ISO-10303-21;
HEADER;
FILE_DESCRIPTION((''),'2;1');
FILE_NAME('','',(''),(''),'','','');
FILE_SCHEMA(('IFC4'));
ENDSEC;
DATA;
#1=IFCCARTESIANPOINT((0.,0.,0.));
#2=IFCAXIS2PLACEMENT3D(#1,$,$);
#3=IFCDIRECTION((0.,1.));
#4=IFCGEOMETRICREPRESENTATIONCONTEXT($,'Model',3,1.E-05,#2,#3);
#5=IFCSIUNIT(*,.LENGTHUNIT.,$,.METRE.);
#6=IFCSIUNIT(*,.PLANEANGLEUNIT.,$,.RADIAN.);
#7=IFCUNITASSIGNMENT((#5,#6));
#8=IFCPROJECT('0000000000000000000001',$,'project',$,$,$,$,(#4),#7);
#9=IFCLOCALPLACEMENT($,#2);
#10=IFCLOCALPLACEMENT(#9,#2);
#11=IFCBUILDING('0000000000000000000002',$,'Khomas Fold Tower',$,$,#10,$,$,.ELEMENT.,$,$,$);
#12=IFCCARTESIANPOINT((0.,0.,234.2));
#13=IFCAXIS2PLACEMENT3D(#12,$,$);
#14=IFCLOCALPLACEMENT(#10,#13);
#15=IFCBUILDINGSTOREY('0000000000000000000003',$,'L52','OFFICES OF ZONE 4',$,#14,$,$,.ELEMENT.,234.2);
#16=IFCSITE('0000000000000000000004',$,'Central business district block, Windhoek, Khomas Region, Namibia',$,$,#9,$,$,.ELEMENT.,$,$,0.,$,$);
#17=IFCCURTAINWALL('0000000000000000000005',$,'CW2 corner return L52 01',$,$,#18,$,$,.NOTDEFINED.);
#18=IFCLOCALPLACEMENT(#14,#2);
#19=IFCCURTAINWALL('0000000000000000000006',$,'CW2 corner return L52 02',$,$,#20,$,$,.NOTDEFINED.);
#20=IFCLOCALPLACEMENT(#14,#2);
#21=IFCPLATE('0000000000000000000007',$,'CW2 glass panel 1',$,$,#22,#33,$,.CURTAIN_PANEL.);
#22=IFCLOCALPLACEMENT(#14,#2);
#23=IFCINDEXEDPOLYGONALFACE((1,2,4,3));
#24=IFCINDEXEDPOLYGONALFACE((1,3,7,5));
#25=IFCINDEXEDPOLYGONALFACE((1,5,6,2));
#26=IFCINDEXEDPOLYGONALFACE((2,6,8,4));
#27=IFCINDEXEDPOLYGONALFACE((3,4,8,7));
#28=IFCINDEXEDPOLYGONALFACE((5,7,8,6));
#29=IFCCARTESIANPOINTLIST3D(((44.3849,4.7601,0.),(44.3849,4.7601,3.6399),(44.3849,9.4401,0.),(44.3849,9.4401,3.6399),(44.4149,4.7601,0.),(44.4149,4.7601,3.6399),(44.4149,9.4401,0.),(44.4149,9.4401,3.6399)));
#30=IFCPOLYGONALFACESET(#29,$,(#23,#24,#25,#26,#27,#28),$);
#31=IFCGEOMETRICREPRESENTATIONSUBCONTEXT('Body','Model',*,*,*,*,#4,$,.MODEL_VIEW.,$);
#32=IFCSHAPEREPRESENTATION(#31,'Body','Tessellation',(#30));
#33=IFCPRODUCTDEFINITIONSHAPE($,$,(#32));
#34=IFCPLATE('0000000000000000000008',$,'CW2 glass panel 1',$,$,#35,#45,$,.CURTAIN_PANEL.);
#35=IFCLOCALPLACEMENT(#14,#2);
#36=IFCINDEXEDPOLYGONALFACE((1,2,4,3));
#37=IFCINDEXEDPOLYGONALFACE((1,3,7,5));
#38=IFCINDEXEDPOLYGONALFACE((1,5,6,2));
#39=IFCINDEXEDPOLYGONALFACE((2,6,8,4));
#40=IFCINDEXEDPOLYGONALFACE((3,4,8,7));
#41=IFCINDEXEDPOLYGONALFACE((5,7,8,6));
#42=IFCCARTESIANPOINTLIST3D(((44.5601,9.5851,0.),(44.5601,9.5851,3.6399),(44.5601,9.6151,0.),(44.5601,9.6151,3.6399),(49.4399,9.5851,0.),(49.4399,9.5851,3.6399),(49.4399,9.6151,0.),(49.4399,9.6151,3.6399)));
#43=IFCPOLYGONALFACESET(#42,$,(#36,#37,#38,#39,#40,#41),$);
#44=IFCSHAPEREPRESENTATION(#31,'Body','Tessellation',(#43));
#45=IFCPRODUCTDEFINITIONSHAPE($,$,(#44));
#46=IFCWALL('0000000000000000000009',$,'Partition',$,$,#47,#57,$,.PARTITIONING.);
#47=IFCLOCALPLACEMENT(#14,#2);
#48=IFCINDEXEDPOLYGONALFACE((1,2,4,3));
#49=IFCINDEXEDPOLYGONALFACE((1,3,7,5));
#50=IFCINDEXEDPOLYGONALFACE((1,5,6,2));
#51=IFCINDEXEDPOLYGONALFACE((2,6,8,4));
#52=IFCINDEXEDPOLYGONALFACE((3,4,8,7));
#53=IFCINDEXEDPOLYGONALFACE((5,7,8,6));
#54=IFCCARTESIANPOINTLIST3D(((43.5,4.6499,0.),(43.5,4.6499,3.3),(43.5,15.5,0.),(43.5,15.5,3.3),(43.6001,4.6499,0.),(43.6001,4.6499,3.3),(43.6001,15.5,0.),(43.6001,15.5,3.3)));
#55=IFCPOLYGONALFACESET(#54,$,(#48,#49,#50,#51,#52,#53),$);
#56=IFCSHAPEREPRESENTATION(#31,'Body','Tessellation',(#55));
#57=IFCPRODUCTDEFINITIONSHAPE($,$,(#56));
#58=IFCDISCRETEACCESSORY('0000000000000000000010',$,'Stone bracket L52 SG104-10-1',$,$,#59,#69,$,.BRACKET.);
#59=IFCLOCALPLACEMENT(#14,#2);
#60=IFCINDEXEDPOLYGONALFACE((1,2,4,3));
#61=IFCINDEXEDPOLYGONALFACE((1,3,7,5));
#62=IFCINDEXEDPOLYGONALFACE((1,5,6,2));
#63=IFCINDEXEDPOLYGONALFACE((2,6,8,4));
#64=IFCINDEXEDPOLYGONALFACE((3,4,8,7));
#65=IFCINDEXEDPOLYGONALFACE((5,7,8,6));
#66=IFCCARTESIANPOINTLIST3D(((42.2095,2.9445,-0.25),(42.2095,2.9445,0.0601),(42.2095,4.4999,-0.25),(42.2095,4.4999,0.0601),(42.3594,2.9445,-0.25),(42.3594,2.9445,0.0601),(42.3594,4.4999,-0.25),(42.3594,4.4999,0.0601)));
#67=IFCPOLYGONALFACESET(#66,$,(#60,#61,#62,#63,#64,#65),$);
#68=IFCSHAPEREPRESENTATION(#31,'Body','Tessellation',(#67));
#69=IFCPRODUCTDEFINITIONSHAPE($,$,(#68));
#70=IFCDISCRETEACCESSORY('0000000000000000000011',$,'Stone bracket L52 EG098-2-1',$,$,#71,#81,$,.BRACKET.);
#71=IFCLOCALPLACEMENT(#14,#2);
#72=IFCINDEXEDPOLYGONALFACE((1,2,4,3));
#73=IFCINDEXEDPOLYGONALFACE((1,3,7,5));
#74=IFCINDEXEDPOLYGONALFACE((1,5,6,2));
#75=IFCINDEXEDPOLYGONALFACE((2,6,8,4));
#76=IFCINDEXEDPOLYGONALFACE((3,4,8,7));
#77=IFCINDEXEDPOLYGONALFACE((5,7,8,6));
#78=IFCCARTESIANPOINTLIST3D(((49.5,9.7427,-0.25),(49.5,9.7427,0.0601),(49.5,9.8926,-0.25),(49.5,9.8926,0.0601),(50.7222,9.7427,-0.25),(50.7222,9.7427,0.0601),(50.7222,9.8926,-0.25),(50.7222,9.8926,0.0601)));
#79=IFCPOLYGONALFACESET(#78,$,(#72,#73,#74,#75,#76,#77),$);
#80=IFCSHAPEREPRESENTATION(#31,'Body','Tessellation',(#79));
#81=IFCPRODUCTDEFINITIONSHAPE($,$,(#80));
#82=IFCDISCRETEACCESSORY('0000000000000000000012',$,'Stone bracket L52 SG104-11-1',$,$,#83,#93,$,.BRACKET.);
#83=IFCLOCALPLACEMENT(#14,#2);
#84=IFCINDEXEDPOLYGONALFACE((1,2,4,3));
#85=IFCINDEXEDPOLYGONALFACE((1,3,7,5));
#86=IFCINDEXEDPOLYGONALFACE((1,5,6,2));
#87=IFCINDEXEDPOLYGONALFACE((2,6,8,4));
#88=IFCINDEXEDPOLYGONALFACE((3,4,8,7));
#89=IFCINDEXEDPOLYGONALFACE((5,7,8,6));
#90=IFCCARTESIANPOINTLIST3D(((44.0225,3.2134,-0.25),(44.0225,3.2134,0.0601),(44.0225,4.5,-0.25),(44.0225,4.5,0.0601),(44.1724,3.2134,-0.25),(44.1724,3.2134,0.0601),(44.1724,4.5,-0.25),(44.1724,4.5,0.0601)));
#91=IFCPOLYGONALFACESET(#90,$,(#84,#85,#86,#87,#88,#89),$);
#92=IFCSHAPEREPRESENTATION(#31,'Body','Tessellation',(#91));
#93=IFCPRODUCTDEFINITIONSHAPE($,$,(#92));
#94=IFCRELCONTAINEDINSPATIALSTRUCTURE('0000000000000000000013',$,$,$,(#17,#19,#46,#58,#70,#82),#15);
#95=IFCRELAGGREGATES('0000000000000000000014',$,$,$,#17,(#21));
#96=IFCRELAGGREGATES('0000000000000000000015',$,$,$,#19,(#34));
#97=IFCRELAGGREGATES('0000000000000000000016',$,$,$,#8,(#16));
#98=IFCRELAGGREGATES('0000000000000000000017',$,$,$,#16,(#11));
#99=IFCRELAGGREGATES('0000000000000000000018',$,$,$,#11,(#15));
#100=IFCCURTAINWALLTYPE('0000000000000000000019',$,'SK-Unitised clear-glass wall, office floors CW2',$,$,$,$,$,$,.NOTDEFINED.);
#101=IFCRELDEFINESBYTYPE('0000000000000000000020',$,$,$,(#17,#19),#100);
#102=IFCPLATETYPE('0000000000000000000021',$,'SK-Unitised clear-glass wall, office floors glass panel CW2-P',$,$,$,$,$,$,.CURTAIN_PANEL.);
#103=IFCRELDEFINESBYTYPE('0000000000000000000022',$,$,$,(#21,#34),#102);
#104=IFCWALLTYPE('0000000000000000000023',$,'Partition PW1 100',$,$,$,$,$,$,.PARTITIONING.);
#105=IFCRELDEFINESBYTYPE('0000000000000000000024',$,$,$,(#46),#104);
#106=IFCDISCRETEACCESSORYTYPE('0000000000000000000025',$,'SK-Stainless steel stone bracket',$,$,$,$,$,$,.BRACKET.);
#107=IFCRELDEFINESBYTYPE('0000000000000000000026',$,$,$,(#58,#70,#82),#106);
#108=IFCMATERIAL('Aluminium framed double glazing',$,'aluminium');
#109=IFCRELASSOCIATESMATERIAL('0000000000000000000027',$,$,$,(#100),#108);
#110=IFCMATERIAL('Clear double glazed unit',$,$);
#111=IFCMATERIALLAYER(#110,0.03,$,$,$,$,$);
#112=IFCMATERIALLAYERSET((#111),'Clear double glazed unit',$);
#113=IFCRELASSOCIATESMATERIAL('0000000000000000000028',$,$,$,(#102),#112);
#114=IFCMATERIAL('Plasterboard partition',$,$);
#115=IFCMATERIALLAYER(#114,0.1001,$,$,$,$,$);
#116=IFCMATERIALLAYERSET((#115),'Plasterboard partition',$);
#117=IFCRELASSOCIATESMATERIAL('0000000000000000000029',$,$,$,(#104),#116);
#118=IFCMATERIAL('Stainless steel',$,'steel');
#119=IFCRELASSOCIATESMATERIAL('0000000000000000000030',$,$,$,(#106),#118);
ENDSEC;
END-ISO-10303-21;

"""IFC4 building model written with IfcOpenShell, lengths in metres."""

from ifc_helpers import new_model, si_unit, direction, frame, frame_2d, origin, origin_2d, place, context, subcontext, project, spatial, rectangle, extrude, source, transform, mapped, material, layer, layer_set, type_object, element, aggregate, save


model = new_model("IFC4")

# Units and contexts
model_context = context("Model", 3, precision=1e-05, world=origin(), true_north=direction((0.0, 1.0)))
body_context = subcontext(model_context, "Body", "Model", "MODEL_VIEW")
ifc_project = project(units=[si_unit("LENGTHUNIT", "METRE"), si_unit("PLANEANGLEUNIT", "RADIAN")], contexts=[model_context])

# Site, building, storey
site_placement = place(None, origin())
site = spatial("IfcSite", under=ifc_project, at=site_placement, Name="Central business district block, Windhoek, Khomas Region, Namibia", CompositionType="ELEMENT", RefElevation=0.0)
building_placement = place(site_placement, origin())
building = spatial("IfcBuilding", under=site, at=building_placement, Name="Khomas Fold Tower", CompositionType="ELEMENT")
storey_placement = place(building_placement, frame((0.0, 0.0, 234.2)))
storey = spatial("IfcBuildingStorey", under=building, at=storey_placement, Name="L52", Description="OFFICES OF ZONE 4", CompositionType="ELEMENT", Elevation=234.2)

# Curtain walls
ifc_material_1 = material(Name="Aluminium framed double glazing", Category="aluminium")
curtain_wall_type = type_object("IfcCurtainWallType", Name="SK-Unitised clear-glass wall, office floors CW2", PredefinedType="NOTDEFINED", material=ifc_material_1)
curtain_wall_1_placement = place(storey_placement, origin())
curtain_wall_1 = element("IfcCurtainWall", 1, at=curtain_wall_1_placement, inside=storey, type_object=curtain_wall_type, Name="CW2 corner return L52 01", PredefinedType="NOTDEFINED")
curtain_wall_2_placement = place(storey_placement, origin())
curtain_wall_2 = element("IfcCurtainWall", 2, at=curtain_wall_2_placement, inside=storey, type_object=curtain_wall_type, Name="CW2 corner return L52 02", PredefinedType="NOTDEFINED")

# Plates
ifc_material_2 = material(Name="Clear double glazed unit")
ifc_layer_1 = layer(ifc_material_2, 0.03)
ifc_layer_set_1 = layer_set([ifc_layer_1], Name="Clear double glazed unit")
plate_type_1 = type_object("IfcPlateType", Name="SK-Unitised clear-glass wall, office floors glass panel CW2-P", PredefinedType="CURTAIN_PANEL", material=ifc_layer_set_1)
shared_shape_1 = source(origin(), body_context, "Body", "SweptSolid", [
    extrude(rectangle(XDim=4.6799, YDim=0.03, at=origin_2d()), origin(), (0.0, 0.0, 1.0), 3.6399),
])
plate_1_placement = place(storey_placement, frame((44.3999, 7.1001, 0.0), z_axis=(0.0, 0.0, 1.0), x_axis=(0.0, 1.0, 0.0)))
plate_1 = element("IfcPlate", 3, at=plate_1_placement, type_object=plate_type_1, Name="CW2 glass panel 1", PredefinedType="CURTAIN_PANEL", context=body_context, shape_type="MappedRepresentation", body=[
    mapped(shared_shape_1, transform((0.0, 0.0, 0.0))),
])
aggregate(curtain_wall_1, [plate_1])
shared_shape_2 = source(origin(), body_context, "Body", "SweptSolid", [
    extrude(rectangle(XDim=4.8799, YDim=0.03, at=origin_2d()), origin(), (0.0, 0.0, 1.0), 3.6399),
])
plate_2_placement = place(storey_placement, frame((47.0, 9.6001, 0.0), z_axis=(0.0, 0.0, 1.0), x_axis=(1.0, 0.0, 0.0)))
plate_2 = element("IfcPlate", 4, at=plate_2_placement, type_object=plate_type_1, Name="CW2 glass panel 1", PredefinedType="CURTAIN_PANEL", context=body_context, shape_type="MappedRepresentation", body=[
    mapped(shared_shape_2, transform((0.0, 0.0, 0.0))),
])
aggregate(curtain_wall_2, [plate_2])

# Wall
ifc_material_3 = material(Name="Plasterboard partition")
ifc_layer_2 = layer(ifc_material_3, 0.1001)
ifc_layer_set_2 = layer_set([ifc_layer_2], Name="Plasterboard partition")
wall_type = type_object("IfcWallType", Name="Partition PW1 100", PredefinedType="PARTITIONING", material=ifc_layer_set_2)
shared_shape_3 = source(origin(), body_context, "Body", "SweptSolid", [
    extrude(rectangle(XDim=10.8501, YDim=0.1001, at=frame_2d((5.425, 0.0))), origin(), (0.0, 0.0, 1.0), 3.3),
])
wall_placement = place(storey_placement, frame((43.55, 4.6499, 0.0), z_axis=(0.0, 0.0, 1.0), x_axis=(0.0, 1.0, 0.0)))
element("IfcWall", 5, at=wall_placement, inside=storey, type_object=wall_type, Name="Partition", PredefinedType="PARTITIONING", context=body_context, shape_type="MappedRepresentation", body=[
    mapped(shared_shape_3, transform((0.0, 0.0, 0.0))),
])

# Discrete accessories
ifc_material_4 = material(Name="Stainless steel", Category="steel")
discrete_accessory_type = type_object("IfcDiscreteAccessoryType", Name="SK-Stainless steel stone bracket", PredefinedType="BRACKET", material=ifc_material_4)
shared_shape_4 = source(origin(), body_context, "Body", "SweptSolid", [
    extrude(rectangle(XDim=1.5554, YDim=0.1499, at=origin_2d()), origin(), (0.0, 0.0, 1.0), 0.3101),
])
discrete_accessory_1_placement = place(storey_placement, frame((42.2844, 3.7222, -0.25), z_axis=(0.0, 0.0, 1.0), x_axis=(0.0, -1.0, 0.0)))
element("IfcDiscreteAccessory", 6, at=discrete_accessory_1_placement, inside=storey, type_object=discrete_accessory_type, Name="Stone bracket L52 SG104-10-1", PredefinedType="BRACKET", context=body_context, shape_type="MappedRepresentation", body=[
    mapped(shared_shape_4, transform((0.0, 0.0, 0.0))),
])
shared_shape_5 = source(origin(), body_context, "Body", "SweptSolid", [
    extrude(rectangle(XDim=1.2222, YDim=0.1499, at=origin_2d()), origin(), (0.0, 0.0, 1.0), 0.3101),
])
discrete_accessory_2_placement = place(storey_placement, frame((50.1111, 9.8176, -0.25), z_axis=(0.0, 0.0, 1.0), x_axis=(1.0, 0.0, 0.0)))
element("IfcDiscreteAccessory", 7, at=discrete_accessory_2_placement, inside=storey, type_object=discrete_accessory_type, Name="Stone bracket L52 EG098-2-1", PredefinedType="BRACKET", context=body_context, shape_type="MappedRepresentation", body=[
    mapped(shared_shape_5, transform((0.0, 0.0, 0.0))),
])
shared_shape_6 = source(origin(), body_context, "Body", "SweptSolid", [
    extrude(rectangle(XDim=1.2866, YDim=0.1499, at=origin_2d()), origin(), (0.0, 0.0, 1.0), 0.3101),
])
discrete_accessory_3_placement = place(storey_placement, frame((44.0974, 3.8567, -0.25), z_axis=(0.0, 0.0, 1.0), x_axis=(0.0, -1.0, 0.0)))
element("IfcDiscreteAccessory", 8, at=discrete_accessory_3_placement, inside=storey, type_object=discrete_accessory_type, Name="Stone bracket L52 SG104-11-1", PredefinedType="BRACKET", context=body_context, shape_type="MappedRepresentation", body=[
    mapped(shared_shape_6, transform((0.0, 0.0, 0.0))),
])

save(model, "model.ifc")
